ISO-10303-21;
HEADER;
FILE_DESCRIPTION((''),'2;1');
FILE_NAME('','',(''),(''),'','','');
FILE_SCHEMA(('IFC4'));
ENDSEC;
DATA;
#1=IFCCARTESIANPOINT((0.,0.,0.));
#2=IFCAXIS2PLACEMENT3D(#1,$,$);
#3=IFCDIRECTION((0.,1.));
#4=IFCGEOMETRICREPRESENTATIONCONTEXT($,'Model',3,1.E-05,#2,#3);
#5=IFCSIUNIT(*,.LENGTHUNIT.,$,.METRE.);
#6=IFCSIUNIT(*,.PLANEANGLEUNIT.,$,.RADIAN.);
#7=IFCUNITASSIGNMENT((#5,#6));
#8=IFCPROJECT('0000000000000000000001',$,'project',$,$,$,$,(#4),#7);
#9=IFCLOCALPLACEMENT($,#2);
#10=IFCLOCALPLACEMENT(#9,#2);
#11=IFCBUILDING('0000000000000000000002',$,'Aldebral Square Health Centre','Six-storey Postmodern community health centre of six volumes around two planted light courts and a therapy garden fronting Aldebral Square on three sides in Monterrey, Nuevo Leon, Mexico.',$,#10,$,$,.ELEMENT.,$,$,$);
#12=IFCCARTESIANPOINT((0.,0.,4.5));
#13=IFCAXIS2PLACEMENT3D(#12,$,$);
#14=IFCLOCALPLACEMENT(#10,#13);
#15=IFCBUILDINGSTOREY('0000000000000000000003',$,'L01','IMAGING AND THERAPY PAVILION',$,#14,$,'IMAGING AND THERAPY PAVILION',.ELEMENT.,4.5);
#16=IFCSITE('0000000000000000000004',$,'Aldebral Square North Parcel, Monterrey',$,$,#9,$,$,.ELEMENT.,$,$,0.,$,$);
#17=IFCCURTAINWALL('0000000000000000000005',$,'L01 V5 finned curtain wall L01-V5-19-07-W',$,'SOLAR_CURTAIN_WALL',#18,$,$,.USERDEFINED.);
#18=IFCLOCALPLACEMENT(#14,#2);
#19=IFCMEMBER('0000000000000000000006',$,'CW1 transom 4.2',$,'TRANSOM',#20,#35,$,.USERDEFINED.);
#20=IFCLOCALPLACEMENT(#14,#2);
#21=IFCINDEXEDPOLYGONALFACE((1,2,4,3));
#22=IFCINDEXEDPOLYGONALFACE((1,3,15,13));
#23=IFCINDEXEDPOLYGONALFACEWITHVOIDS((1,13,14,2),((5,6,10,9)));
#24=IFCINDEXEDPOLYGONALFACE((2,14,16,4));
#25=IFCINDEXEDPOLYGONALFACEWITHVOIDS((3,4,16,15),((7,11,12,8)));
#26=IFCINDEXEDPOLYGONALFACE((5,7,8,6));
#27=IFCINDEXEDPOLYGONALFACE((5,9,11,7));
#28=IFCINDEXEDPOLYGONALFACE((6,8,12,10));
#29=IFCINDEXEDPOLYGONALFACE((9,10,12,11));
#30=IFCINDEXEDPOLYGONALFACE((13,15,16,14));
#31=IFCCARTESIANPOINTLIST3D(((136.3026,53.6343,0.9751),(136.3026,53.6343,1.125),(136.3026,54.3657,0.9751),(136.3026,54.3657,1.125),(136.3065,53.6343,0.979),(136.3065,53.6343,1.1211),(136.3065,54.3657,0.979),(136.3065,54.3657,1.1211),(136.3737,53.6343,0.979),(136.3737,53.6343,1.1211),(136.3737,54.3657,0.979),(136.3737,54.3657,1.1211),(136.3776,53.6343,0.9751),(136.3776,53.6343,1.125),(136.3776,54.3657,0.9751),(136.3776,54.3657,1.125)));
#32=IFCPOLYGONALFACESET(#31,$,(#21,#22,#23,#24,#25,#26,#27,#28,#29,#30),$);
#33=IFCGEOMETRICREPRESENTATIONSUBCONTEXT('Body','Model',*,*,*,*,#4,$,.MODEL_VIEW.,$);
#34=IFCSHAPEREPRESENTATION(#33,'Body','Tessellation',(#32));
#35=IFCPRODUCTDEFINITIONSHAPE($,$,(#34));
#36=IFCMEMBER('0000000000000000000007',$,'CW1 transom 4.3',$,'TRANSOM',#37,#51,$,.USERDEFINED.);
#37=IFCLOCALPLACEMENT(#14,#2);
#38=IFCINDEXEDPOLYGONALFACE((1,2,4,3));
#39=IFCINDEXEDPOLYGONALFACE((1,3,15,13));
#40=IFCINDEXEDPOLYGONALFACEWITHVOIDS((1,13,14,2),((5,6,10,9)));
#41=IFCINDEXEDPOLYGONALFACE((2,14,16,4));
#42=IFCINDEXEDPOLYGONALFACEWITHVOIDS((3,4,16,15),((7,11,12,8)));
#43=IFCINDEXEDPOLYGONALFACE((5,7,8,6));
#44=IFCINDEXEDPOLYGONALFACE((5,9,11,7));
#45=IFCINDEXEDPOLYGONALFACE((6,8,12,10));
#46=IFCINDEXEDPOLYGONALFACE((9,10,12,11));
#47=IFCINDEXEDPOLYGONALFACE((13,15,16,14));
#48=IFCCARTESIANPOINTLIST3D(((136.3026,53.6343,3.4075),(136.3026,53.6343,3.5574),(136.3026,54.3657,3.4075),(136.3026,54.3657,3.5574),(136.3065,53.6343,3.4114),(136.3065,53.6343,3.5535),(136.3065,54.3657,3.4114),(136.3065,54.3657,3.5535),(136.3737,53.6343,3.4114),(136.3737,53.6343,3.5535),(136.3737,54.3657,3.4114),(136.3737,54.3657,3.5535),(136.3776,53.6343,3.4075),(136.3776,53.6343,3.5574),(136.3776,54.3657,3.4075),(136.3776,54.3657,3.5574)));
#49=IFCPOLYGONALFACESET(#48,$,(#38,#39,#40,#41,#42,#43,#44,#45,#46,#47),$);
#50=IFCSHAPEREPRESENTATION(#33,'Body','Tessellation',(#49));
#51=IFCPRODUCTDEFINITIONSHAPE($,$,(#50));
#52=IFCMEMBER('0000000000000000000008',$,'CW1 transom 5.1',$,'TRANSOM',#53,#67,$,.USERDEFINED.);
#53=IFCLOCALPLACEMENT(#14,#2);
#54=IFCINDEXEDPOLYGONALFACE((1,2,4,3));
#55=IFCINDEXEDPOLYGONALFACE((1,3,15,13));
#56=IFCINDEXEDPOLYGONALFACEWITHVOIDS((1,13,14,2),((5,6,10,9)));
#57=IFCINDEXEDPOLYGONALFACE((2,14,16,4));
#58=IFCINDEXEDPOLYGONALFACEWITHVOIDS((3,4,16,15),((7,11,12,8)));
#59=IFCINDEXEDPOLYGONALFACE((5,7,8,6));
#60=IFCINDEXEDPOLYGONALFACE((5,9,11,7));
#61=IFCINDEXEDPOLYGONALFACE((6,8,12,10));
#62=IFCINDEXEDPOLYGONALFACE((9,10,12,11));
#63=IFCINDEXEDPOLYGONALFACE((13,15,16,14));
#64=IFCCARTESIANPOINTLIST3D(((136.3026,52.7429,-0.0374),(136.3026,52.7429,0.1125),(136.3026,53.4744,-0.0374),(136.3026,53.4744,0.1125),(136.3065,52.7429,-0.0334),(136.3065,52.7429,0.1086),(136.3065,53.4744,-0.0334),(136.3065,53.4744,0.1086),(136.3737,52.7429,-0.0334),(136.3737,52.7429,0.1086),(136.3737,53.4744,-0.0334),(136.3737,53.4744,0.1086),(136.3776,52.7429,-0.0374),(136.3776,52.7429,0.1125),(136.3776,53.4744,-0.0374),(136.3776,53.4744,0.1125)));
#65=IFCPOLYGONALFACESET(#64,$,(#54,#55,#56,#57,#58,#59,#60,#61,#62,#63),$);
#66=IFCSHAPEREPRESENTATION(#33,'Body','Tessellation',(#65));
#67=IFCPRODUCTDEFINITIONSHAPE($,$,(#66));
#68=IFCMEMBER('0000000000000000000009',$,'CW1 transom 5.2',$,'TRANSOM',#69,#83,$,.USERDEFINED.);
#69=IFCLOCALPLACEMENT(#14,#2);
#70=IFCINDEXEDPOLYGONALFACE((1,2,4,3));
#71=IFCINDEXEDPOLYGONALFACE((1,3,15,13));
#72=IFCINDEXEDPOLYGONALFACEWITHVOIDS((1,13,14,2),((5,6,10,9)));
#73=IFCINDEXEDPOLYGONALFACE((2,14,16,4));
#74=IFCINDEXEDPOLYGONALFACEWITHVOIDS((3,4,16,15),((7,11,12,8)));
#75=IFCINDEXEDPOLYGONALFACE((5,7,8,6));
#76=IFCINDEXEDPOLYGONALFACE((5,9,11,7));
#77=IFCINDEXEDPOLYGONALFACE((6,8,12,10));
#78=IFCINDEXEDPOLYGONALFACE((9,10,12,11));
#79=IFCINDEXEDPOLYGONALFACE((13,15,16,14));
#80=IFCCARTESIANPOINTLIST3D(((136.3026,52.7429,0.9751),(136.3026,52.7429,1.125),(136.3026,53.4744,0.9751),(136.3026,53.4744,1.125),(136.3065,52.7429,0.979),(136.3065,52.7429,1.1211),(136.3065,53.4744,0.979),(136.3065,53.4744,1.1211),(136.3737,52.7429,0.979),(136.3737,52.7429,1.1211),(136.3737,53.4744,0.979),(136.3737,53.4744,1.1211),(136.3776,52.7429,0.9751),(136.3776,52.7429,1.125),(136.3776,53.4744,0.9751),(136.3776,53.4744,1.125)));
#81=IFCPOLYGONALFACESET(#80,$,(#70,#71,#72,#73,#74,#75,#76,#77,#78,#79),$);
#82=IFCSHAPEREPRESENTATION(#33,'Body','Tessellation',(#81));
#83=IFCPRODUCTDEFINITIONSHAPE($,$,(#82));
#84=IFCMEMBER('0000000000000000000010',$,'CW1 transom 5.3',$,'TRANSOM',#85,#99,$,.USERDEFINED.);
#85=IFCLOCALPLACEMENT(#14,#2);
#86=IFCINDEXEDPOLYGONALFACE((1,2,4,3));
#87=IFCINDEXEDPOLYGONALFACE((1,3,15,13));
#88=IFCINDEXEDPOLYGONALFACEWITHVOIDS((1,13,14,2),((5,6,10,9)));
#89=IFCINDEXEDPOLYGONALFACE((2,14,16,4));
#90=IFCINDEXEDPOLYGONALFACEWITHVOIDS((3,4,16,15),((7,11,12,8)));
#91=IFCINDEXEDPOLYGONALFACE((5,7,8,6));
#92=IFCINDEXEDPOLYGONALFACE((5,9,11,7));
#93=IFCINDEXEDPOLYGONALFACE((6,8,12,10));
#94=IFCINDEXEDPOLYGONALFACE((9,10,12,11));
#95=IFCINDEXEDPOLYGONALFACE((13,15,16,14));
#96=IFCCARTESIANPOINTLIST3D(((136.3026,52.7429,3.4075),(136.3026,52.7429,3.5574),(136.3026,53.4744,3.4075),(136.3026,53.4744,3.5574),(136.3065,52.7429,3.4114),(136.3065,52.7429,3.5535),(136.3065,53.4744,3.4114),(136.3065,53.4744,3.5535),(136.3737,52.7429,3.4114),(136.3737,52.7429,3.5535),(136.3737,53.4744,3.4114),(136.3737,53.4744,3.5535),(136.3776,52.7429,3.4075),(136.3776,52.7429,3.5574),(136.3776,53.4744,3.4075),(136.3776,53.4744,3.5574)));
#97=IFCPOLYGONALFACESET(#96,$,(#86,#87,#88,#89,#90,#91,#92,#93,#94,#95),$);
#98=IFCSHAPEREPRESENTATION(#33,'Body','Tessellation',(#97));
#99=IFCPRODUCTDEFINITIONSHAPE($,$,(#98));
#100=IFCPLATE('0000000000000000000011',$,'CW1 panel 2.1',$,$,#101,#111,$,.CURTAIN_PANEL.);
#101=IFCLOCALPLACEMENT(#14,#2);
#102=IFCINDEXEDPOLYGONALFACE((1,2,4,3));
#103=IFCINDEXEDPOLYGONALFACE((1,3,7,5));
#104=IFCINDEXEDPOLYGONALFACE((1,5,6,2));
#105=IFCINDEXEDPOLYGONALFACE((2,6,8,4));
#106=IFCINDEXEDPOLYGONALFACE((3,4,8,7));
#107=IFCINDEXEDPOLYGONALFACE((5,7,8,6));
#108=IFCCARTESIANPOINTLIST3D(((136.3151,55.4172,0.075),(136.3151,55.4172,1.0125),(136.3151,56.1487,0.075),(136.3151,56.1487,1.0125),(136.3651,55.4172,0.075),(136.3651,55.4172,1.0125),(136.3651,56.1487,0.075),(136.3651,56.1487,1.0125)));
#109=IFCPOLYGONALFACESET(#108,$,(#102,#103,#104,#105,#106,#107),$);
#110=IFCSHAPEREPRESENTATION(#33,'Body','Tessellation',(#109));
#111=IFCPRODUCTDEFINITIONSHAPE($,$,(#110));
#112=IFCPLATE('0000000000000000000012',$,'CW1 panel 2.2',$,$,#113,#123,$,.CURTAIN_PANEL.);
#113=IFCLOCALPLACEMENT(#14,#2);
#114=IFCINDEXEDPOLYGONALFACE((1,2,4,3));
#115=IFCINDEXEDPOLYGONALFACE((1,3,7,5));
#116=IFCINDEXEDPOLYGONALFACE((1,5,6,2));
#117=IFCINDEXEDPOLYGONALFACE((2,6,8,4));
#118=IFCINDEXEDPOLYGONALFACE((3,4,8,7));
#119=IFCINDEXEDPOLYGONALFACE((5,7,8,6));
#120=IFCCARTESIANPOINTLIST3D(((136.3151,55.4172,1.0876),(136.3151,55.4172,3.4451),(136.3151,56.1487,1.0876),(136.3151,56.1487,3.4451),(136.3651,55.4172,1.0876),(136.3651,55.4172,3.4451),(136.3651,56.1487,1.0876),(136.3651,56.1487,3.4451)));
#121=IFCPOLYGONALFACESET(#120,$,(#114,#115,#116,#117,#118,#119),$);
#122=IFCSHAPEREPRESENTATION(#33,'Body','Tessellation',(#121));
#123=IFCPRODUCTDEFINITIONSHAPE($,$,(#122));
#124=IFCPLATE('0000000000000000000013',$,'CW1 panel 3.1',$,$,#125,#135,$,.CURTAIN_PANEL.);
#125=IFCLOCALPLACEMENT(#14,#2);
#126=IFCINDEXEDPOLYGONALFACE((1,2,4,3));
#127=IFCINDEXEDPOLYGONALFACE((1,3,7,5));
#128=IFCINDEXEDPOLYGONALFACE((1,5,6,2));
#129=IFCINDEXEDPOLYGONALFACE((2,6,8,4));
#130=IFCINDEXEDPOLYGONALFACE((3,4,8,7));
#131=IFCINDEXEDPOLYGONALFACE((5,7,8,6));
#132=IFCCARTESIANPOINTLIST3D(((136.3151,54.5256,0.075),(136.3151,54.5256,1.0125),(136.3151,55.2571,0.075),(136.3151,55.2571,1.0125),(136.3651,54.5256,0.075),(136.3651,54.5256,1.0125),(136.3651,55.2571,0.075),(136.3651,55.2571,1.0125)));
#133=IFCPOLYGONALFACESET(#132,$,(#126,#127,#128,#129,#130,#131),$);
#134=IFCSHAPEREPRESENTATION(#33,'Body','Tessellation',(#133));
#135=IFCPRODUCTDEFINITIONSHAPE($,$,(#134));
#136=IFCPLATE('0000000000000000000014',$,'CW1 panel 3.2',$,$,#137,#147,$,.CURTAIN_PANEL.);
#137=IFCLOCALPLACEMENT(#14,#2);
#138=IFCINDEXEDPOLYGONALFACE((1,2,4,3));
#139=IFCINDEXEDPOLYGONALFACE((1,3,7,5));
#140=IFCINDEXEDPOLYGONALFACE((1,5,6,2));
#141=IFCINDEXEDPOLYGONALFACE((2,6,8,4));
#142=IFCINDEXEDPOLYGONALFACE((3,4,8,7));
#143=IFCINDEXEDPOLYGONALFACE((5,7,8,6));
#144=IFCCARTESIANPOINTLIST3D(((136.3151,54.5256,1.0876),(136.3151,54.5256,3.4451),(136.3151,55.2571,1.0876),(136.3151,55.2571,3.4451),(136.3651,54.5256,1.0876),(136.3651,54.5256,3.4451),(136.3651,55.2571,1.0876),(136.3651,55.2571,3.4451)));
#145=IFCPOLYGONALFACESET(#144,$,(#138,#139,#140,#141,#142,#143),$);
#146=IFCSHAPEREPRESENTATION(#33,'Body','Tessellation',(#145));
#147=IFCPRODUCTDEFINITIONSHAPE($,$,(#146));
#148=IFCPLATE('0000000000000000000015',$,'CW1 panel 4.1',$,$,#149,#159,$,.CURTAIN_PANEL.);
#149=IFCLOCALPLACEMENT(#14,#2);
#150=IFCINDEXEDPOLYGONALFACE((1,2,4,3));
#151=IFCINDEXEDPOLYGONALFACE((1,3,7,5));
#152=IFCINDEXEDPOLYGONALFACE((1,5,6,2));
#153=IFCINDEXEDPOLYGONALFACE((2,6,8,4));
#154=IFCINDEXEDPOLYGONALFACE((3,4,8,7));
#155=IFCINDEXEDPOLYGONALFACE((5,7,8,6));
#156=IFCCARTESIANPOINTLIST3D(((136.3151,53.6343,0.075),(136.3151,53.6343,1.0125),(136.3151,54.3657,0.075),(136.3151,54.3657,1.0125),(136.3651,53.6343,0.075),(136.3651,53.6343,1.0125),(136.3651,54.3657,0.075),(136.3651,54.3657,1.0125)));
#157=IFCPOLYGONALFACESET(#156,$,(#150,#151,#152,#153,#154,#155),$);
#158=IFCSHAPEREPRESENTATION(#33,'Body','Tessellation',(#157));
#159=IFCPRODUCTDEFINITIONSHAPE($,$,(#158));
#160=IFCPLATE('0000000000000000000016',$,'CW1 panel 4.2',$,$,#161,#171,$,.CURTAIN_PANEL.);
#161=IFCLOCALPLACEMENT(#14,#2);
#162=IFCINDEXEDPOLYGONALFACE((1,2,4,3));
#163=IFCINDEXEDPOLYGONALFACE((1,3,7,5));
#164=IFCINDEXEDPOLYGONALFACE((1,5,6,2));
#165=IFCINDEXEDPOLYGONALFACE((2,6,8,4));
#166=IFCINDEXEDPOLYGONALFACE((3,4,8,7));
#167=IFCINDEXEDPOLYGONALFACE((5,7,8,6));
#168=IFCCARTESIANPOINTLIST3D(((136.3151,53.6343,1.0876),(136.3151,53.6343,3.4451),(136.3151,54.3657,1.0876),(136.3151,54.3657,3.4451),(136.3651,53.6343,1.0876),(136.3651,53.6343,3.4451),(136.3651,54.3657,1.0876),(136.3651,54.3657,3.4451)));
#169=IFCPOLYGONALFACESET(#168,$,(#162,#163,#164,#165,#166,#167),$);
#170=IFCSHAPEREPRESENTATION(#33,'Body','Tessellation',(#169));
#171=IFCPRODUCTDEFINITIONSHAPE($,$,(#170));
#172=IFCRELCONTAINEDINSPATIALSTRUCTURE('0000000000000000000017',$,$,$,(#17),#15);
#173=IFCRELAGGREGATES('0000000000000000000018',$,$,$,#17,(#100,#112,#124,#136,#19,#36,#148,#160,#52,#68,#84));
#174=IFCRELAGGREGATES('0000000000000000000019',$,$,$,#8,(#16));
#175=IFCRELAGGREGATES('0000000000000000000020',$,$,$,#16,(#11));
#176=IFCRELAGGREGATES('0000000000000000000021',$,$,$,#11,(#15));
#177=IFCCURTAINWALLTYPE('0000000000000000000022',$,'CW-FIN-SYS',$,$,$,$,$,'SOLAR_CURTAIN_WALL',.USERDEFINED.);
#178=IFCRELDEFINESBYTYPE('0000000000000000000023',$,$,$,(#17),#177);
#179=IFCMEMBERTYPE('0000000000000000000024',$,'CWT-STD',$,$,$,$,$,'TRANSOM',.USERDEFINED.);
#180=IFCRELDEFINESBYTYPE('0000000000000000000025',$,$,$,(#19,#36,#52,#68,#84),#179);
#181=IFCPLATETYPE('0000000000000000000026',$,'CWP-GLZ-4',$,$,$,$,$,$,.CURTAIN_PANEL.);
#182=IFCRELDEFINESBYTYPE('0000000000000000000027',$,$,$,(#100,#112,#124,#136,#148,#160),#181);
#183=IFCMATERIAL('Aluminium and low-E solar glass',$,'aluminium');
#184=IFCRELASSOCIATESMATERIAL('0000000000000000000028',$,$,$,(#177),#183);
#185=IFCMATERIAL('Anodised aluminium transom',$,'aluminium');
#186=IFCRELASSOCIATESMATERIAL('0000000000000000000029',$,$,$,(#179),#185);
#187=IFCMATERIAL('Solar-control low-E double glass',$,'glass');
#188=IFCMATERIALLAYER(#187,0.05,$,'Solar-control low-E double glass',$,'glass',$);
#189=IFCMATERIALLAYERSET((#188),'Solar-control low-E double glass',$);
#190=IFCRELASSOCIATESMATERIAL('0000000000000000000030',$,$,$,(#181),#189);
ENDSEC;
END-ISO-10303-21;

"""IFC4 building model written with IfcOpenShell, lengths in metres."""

from ifc_helpers import new_model, si_unit, direction, frame, origin, origin_2d, place, context, subcontext, project, spatial, rectangle, hollow_rectangle, extrude, material, layer, layer_set, material_profile, profile_set, type_object, element, aggregate, save


model = new_model("IFC4")

# Units and contexts
model_context = context("Model", 3, precision=1e-05, world=origin(), true_north=direction((0.0, 1.0)))
body_context = subcontext(model_context, "Body", "Model", "MODEL_VIEW")
ifc_project = project(units=[si_unit("LENGTHUNIT", "METRE"), si_unit("PLANEANGLEUNIT", "RADIAN")], contexts=[model_context])

# Site, building, storey
site_placement = place(None, origin())
site = spatial("IfcSite", under=ifc_project, at=site_placement, Name="Aldebral Square North Parcel, Monterrey", CompositionType="ELEMENT", RefElevation=0.0)
building_placement = place(site_placement, origin())
building = spatial("IfcBuilding", under=site, at=building_placement, Name="Aldebral Square Health Centre", Description="Six-storey Postmodern community health centre of six volumes around two planted light courts and a therapy garden fronting Aldebral Square on three sides in Monterrey, Nuevo Leon, Mexico.", CompositionType="ELEMENT")
storey_placement = place(building_placement, frame((0.0, 0.0, 4.5)))
storey = spatial("IfcBuildingStorey", under=building, at=storey_placement, Name="L01", Description="IMAGING AND THERAPY PAVILION", LongName="IMAGING AND THERAPY PAVILION", CompositionType="ELEMENT", Elevation=4.5)

# Curtain wall, members, plates
ifc_material_1 = material(Name="Aluminium and low-E solar glass", Category="aluminium")
curtain_wall_type = type_object("IfcCurtainWallType", Name="CW-FIN-SYS", ElementType="SOLAR_CURTAIN_WALL", PredefinedType="USERDEFINED", material=ifc_material_1)
curtain_wall_placement = place(storey_placement, origin())
curtain_wall = element("IfcCurtainWall", 1, at=curtain_wall_placement, inside=storey, type_object=curtain_wall_type, Name="L01 V5 finned curtain wall L01-V5-19-07-W", ObjectType="SOLAR_CURTAIN_WALL", PredefinedType="USERDEFINED")
ifc_material_2 = material(Name="Anodised aluminium transom", Category="aluminium")
ifc_material_profile_1 = material_profile(ifc_material_2, hollow_rectangle(XDim=0.075, YDim=0.1499, WallThickness=0.0039, at=origin_2d()), Name="CWT 75x150x4")
ifc_profile_set_1 = profile_set([ifc_material_profile_1], Name="Anodised aluminium transom")
member_type_1 = type_object("IfcMemberType", Name="CWT-STD", ElementType="TRANSOM", PredefinedType="USERDEFINED", material=ifc_profile_set_1)
member_1_placement = place(storey_placement, frame((136.3401, 54.3657, 1.05), z_axis=(0.0, -1.0, 0.0), x_axis=(1.0, 0.0, 0.0)))
member_1 = element("IfcMember", 2, at=member_1_placement, type_object=member_type_1, Name="CW1 transom 4.2", ObjectType="TRANSOM", PredefinedType="USERDEFINED", context=body_context, shape_type="SweptSolid", body=[
    extrude(hollow_rectangle(XDim=0.075, YDim=0.1499, WallThickness=0.0039, at=origin_2d()), origin(), (0.0, 0.0, 1.0), 0.7314),
])
member_2_placement = place(storey_placement, frame((136.3401, 54.3657, 3.4824), z_axis=(0.0, -1.0, 0.0), x_axis=(1.0, 0.0, 0.0)))
member_2 = element("IfcMember", 3, at=member_2_placement, type_object=member_type_1, Name="CW1 transom 4.3", ObjectType="TRANSOM", PredefinedType="USERDEFINED", context=body_context, shape_type="SweptSolid", body=[
    extrude(hollow_rectangle(XDim=0.075, YDim=0.1499, WallThickness=0.0039, at=origin_2d()), origin(), (0.0, 0.0, 1.0), 0.7314),
])
member_3_placement = place(storey_placement, frame((136.3401, 53.4744, 0.0376), z_axis=(0.0, -1.0, 0.0), x_axis=(1.0, 0.0, 0.0)))
member_3 = element("IfcMember", 4, at=member_3_placement, type_object=member_type_1, Name="CW1 transom 5.1", ObjectType="TRANSOM", PredefinedType="USERDEFINED", context=body_context, shape_type="SweptSolid", body=[
    extrude(hollow_rectangle(XDim=0.075, YDim=0.1499, WallThickness=0.0039, at=origin_2d()), origin(), (0.0, 0.0, 1.0), 0.7314),
])
member_4_placement = place(storey_placement, frame((136.3401, 53.4744, 1.05), z_axis=(0.0, -1.0, 0.0), x_axis=(1.0, 0.0, 0.0)))
member_4 = element("IfcMember", 5, at=member_4_placement, type_object=member_type_1, Name="CW1 transom 5.2", ObjectType="TRANSOM", PredefinedType="USERDEFINED", context=body_context, shape_type="SweptSolid", body=[
    extrude(hollow_rectangle(XDim=0.075, YDim=0.1499, WallThickness=0.0039, at=origin_2d()), origin(), (0.0, 0.0, 1.0), 0.7314),
])
member_5_placement = place(storey_placement, frame((136.3401, 53.4744, 3.4824), z_axis=(0.0, -1.0, 0.0), x_axis=(1.0, 0.0, 0.0)))
member_5 = element("IfcMember", 6, at=member_5_placement, type_object=member_type_1, Name="CW1 transom 5.3", ObjectType="TRANSOM", PredefinedType="USERDEFINED", context=body_context, shape_type="SweptSolid", body=[
    extrude(hollow_rectangle(XDim=0.075, YDim=0.1499, WallThickness=0.0039, at=origin_2d()), origin(), (0.0, 0.0, 1.0), 0.7314),
])
ifc_material_3 = material(Name="Solar-control low-E double glass", Category="glass")
ifc_layer = layer(ifc_material_3, 0.05, Name="Solar-control low-E double glass", Category="glass")
ifc_layer_set = layer_set([ifc_layer], Name="Solar-control low-E double glass")
plate_type = type_object("IfcPlateType", Name="CWP-GLZ-4", PredefinedType="CURTAIN_PANEL", material=ifc_layer_set)
plate_1_placement = place(storey_placement, frame((136.3401, 55.783, 0.075), z_axis=(0.0, 0.0, 1.0), x_axis=(0.0, -1.0, 0.0)))
plate_1 = element("IfcPlate", 7, at=plate_1_placement, type_object=plate_type, Name="CW1 panel 2.1", PredefinedType="CURTAIN_PANEL", context=body_context, shape_type="SweptSolid", body=[
    extrude(rectangle(XDim=0.7314, YDim=0.05, at=origin_2d()), origin(), (0.0, 0.0, 1.0), 0.9375),
])
plate_2_placement = place(storey_placement, frame((136.3401, 55.783, 1.0876), z_axis=(0.0, 0.0, 1.0), x_axis=(0.0, -1.0, 0.0)))
plate_2 = element("IfcPlate", 8, at=plate_2_placement, type_object=plate_type, Name="CW1 panel 2.2", PredefinedType="CURTAIN_PANEL", context=body_context, shape_type="SweptSolid", body=[
    extrude(rectangle(XDim=0.7314, YDim=0.05, at=origin_2d()), origin(), (0.0, 0.0, 1.0), 2.3574),
])
plate_3_placement = place(storey_placement, frame((136.3401, 54.8914, 0.075), z_axis=(0.0, 0.0, 1.0), x_axis=(0.0, -1.0, 0.0)))
plate_3 = element("IfcPlate", 9, at=plate_3_placement, type_object=plate_type, Name="CW1 panel 3.1", PredefinedType="CURTAIN_PANEL", context=body_context, shape_type="SweptSolid", body=[
    extrude(rectangle(XDim=0.7314, YDim=0.05, at=origin_2d()), origin(), (0.0, 0.0, 1.0), 0.9375),
])
plate_4_placement = place(storey_placement, frame((136.3401, 54.8914, 1.0876), z_axis=(0.0, 0.0, 1.0), x_axis=(0.0, -1.0, 0.0)))
plate_4 = element("IfcPlate", 10, at=plate_4_placement, type_object=plate_type, Name="CW1 panel 3.2", PredefinedType="CURTAIN_PANEL", context=body_context, shape_type="SweptSolid", body=[
    extrude(rectangle(XDim=0.7314, YDim=0.05, at=origin_2d()), origin(), (0.0, 0.0, 1.0), 2.3574),
])
plate_5_placement = place(storey_placement, frame((136.3401, 54.0, 0.075), z_axis=(0.0, 0.0, 1.0), x_axis=(0.0, -1.0, 0.0)))
plate_5 = element("IfcPlate", 11, at=plate_5_placement, type_object=plate_type, Name="CW1 panel 4.1", PredefinedType="CURTAIN_PANEL", context=body_context, shape_type="SweptSolid", body=[
    extrude(rectangle(XDim=0.7314, YDim=0.05, at=origin_2d()), origin(), (0.0, 0.0, 1.0), 0.9375),
])
plate_6_placement = place(storey_placement, frame((136.3401, 54.0, 1.0876), z_axis=(0.0, 0.0, 1.0), x_axis=(0.0, -1.0, 0.0)))
plate_6 = element("IfcPlate", 12, at=plate_6_placement, type_object=plate_type, Name="CW1 panel 4.2", PredefinedType="CURTAIN_PANEL", context=body_context, shape_type="SweptSolid", body=[
    extrude(rectangle(XDim=0.7314, YDim=0.05, at=origin_2d()), origin(), (0.0, 0.0, 1.0), 2.3574),
])
aggregate(curtain_wall, [plate_1, plate_2, plate_3, plate_4, member_1, member_2, plate_5, plate_6, member_3, member_4, member_5])

save(model, "model.ifc")
